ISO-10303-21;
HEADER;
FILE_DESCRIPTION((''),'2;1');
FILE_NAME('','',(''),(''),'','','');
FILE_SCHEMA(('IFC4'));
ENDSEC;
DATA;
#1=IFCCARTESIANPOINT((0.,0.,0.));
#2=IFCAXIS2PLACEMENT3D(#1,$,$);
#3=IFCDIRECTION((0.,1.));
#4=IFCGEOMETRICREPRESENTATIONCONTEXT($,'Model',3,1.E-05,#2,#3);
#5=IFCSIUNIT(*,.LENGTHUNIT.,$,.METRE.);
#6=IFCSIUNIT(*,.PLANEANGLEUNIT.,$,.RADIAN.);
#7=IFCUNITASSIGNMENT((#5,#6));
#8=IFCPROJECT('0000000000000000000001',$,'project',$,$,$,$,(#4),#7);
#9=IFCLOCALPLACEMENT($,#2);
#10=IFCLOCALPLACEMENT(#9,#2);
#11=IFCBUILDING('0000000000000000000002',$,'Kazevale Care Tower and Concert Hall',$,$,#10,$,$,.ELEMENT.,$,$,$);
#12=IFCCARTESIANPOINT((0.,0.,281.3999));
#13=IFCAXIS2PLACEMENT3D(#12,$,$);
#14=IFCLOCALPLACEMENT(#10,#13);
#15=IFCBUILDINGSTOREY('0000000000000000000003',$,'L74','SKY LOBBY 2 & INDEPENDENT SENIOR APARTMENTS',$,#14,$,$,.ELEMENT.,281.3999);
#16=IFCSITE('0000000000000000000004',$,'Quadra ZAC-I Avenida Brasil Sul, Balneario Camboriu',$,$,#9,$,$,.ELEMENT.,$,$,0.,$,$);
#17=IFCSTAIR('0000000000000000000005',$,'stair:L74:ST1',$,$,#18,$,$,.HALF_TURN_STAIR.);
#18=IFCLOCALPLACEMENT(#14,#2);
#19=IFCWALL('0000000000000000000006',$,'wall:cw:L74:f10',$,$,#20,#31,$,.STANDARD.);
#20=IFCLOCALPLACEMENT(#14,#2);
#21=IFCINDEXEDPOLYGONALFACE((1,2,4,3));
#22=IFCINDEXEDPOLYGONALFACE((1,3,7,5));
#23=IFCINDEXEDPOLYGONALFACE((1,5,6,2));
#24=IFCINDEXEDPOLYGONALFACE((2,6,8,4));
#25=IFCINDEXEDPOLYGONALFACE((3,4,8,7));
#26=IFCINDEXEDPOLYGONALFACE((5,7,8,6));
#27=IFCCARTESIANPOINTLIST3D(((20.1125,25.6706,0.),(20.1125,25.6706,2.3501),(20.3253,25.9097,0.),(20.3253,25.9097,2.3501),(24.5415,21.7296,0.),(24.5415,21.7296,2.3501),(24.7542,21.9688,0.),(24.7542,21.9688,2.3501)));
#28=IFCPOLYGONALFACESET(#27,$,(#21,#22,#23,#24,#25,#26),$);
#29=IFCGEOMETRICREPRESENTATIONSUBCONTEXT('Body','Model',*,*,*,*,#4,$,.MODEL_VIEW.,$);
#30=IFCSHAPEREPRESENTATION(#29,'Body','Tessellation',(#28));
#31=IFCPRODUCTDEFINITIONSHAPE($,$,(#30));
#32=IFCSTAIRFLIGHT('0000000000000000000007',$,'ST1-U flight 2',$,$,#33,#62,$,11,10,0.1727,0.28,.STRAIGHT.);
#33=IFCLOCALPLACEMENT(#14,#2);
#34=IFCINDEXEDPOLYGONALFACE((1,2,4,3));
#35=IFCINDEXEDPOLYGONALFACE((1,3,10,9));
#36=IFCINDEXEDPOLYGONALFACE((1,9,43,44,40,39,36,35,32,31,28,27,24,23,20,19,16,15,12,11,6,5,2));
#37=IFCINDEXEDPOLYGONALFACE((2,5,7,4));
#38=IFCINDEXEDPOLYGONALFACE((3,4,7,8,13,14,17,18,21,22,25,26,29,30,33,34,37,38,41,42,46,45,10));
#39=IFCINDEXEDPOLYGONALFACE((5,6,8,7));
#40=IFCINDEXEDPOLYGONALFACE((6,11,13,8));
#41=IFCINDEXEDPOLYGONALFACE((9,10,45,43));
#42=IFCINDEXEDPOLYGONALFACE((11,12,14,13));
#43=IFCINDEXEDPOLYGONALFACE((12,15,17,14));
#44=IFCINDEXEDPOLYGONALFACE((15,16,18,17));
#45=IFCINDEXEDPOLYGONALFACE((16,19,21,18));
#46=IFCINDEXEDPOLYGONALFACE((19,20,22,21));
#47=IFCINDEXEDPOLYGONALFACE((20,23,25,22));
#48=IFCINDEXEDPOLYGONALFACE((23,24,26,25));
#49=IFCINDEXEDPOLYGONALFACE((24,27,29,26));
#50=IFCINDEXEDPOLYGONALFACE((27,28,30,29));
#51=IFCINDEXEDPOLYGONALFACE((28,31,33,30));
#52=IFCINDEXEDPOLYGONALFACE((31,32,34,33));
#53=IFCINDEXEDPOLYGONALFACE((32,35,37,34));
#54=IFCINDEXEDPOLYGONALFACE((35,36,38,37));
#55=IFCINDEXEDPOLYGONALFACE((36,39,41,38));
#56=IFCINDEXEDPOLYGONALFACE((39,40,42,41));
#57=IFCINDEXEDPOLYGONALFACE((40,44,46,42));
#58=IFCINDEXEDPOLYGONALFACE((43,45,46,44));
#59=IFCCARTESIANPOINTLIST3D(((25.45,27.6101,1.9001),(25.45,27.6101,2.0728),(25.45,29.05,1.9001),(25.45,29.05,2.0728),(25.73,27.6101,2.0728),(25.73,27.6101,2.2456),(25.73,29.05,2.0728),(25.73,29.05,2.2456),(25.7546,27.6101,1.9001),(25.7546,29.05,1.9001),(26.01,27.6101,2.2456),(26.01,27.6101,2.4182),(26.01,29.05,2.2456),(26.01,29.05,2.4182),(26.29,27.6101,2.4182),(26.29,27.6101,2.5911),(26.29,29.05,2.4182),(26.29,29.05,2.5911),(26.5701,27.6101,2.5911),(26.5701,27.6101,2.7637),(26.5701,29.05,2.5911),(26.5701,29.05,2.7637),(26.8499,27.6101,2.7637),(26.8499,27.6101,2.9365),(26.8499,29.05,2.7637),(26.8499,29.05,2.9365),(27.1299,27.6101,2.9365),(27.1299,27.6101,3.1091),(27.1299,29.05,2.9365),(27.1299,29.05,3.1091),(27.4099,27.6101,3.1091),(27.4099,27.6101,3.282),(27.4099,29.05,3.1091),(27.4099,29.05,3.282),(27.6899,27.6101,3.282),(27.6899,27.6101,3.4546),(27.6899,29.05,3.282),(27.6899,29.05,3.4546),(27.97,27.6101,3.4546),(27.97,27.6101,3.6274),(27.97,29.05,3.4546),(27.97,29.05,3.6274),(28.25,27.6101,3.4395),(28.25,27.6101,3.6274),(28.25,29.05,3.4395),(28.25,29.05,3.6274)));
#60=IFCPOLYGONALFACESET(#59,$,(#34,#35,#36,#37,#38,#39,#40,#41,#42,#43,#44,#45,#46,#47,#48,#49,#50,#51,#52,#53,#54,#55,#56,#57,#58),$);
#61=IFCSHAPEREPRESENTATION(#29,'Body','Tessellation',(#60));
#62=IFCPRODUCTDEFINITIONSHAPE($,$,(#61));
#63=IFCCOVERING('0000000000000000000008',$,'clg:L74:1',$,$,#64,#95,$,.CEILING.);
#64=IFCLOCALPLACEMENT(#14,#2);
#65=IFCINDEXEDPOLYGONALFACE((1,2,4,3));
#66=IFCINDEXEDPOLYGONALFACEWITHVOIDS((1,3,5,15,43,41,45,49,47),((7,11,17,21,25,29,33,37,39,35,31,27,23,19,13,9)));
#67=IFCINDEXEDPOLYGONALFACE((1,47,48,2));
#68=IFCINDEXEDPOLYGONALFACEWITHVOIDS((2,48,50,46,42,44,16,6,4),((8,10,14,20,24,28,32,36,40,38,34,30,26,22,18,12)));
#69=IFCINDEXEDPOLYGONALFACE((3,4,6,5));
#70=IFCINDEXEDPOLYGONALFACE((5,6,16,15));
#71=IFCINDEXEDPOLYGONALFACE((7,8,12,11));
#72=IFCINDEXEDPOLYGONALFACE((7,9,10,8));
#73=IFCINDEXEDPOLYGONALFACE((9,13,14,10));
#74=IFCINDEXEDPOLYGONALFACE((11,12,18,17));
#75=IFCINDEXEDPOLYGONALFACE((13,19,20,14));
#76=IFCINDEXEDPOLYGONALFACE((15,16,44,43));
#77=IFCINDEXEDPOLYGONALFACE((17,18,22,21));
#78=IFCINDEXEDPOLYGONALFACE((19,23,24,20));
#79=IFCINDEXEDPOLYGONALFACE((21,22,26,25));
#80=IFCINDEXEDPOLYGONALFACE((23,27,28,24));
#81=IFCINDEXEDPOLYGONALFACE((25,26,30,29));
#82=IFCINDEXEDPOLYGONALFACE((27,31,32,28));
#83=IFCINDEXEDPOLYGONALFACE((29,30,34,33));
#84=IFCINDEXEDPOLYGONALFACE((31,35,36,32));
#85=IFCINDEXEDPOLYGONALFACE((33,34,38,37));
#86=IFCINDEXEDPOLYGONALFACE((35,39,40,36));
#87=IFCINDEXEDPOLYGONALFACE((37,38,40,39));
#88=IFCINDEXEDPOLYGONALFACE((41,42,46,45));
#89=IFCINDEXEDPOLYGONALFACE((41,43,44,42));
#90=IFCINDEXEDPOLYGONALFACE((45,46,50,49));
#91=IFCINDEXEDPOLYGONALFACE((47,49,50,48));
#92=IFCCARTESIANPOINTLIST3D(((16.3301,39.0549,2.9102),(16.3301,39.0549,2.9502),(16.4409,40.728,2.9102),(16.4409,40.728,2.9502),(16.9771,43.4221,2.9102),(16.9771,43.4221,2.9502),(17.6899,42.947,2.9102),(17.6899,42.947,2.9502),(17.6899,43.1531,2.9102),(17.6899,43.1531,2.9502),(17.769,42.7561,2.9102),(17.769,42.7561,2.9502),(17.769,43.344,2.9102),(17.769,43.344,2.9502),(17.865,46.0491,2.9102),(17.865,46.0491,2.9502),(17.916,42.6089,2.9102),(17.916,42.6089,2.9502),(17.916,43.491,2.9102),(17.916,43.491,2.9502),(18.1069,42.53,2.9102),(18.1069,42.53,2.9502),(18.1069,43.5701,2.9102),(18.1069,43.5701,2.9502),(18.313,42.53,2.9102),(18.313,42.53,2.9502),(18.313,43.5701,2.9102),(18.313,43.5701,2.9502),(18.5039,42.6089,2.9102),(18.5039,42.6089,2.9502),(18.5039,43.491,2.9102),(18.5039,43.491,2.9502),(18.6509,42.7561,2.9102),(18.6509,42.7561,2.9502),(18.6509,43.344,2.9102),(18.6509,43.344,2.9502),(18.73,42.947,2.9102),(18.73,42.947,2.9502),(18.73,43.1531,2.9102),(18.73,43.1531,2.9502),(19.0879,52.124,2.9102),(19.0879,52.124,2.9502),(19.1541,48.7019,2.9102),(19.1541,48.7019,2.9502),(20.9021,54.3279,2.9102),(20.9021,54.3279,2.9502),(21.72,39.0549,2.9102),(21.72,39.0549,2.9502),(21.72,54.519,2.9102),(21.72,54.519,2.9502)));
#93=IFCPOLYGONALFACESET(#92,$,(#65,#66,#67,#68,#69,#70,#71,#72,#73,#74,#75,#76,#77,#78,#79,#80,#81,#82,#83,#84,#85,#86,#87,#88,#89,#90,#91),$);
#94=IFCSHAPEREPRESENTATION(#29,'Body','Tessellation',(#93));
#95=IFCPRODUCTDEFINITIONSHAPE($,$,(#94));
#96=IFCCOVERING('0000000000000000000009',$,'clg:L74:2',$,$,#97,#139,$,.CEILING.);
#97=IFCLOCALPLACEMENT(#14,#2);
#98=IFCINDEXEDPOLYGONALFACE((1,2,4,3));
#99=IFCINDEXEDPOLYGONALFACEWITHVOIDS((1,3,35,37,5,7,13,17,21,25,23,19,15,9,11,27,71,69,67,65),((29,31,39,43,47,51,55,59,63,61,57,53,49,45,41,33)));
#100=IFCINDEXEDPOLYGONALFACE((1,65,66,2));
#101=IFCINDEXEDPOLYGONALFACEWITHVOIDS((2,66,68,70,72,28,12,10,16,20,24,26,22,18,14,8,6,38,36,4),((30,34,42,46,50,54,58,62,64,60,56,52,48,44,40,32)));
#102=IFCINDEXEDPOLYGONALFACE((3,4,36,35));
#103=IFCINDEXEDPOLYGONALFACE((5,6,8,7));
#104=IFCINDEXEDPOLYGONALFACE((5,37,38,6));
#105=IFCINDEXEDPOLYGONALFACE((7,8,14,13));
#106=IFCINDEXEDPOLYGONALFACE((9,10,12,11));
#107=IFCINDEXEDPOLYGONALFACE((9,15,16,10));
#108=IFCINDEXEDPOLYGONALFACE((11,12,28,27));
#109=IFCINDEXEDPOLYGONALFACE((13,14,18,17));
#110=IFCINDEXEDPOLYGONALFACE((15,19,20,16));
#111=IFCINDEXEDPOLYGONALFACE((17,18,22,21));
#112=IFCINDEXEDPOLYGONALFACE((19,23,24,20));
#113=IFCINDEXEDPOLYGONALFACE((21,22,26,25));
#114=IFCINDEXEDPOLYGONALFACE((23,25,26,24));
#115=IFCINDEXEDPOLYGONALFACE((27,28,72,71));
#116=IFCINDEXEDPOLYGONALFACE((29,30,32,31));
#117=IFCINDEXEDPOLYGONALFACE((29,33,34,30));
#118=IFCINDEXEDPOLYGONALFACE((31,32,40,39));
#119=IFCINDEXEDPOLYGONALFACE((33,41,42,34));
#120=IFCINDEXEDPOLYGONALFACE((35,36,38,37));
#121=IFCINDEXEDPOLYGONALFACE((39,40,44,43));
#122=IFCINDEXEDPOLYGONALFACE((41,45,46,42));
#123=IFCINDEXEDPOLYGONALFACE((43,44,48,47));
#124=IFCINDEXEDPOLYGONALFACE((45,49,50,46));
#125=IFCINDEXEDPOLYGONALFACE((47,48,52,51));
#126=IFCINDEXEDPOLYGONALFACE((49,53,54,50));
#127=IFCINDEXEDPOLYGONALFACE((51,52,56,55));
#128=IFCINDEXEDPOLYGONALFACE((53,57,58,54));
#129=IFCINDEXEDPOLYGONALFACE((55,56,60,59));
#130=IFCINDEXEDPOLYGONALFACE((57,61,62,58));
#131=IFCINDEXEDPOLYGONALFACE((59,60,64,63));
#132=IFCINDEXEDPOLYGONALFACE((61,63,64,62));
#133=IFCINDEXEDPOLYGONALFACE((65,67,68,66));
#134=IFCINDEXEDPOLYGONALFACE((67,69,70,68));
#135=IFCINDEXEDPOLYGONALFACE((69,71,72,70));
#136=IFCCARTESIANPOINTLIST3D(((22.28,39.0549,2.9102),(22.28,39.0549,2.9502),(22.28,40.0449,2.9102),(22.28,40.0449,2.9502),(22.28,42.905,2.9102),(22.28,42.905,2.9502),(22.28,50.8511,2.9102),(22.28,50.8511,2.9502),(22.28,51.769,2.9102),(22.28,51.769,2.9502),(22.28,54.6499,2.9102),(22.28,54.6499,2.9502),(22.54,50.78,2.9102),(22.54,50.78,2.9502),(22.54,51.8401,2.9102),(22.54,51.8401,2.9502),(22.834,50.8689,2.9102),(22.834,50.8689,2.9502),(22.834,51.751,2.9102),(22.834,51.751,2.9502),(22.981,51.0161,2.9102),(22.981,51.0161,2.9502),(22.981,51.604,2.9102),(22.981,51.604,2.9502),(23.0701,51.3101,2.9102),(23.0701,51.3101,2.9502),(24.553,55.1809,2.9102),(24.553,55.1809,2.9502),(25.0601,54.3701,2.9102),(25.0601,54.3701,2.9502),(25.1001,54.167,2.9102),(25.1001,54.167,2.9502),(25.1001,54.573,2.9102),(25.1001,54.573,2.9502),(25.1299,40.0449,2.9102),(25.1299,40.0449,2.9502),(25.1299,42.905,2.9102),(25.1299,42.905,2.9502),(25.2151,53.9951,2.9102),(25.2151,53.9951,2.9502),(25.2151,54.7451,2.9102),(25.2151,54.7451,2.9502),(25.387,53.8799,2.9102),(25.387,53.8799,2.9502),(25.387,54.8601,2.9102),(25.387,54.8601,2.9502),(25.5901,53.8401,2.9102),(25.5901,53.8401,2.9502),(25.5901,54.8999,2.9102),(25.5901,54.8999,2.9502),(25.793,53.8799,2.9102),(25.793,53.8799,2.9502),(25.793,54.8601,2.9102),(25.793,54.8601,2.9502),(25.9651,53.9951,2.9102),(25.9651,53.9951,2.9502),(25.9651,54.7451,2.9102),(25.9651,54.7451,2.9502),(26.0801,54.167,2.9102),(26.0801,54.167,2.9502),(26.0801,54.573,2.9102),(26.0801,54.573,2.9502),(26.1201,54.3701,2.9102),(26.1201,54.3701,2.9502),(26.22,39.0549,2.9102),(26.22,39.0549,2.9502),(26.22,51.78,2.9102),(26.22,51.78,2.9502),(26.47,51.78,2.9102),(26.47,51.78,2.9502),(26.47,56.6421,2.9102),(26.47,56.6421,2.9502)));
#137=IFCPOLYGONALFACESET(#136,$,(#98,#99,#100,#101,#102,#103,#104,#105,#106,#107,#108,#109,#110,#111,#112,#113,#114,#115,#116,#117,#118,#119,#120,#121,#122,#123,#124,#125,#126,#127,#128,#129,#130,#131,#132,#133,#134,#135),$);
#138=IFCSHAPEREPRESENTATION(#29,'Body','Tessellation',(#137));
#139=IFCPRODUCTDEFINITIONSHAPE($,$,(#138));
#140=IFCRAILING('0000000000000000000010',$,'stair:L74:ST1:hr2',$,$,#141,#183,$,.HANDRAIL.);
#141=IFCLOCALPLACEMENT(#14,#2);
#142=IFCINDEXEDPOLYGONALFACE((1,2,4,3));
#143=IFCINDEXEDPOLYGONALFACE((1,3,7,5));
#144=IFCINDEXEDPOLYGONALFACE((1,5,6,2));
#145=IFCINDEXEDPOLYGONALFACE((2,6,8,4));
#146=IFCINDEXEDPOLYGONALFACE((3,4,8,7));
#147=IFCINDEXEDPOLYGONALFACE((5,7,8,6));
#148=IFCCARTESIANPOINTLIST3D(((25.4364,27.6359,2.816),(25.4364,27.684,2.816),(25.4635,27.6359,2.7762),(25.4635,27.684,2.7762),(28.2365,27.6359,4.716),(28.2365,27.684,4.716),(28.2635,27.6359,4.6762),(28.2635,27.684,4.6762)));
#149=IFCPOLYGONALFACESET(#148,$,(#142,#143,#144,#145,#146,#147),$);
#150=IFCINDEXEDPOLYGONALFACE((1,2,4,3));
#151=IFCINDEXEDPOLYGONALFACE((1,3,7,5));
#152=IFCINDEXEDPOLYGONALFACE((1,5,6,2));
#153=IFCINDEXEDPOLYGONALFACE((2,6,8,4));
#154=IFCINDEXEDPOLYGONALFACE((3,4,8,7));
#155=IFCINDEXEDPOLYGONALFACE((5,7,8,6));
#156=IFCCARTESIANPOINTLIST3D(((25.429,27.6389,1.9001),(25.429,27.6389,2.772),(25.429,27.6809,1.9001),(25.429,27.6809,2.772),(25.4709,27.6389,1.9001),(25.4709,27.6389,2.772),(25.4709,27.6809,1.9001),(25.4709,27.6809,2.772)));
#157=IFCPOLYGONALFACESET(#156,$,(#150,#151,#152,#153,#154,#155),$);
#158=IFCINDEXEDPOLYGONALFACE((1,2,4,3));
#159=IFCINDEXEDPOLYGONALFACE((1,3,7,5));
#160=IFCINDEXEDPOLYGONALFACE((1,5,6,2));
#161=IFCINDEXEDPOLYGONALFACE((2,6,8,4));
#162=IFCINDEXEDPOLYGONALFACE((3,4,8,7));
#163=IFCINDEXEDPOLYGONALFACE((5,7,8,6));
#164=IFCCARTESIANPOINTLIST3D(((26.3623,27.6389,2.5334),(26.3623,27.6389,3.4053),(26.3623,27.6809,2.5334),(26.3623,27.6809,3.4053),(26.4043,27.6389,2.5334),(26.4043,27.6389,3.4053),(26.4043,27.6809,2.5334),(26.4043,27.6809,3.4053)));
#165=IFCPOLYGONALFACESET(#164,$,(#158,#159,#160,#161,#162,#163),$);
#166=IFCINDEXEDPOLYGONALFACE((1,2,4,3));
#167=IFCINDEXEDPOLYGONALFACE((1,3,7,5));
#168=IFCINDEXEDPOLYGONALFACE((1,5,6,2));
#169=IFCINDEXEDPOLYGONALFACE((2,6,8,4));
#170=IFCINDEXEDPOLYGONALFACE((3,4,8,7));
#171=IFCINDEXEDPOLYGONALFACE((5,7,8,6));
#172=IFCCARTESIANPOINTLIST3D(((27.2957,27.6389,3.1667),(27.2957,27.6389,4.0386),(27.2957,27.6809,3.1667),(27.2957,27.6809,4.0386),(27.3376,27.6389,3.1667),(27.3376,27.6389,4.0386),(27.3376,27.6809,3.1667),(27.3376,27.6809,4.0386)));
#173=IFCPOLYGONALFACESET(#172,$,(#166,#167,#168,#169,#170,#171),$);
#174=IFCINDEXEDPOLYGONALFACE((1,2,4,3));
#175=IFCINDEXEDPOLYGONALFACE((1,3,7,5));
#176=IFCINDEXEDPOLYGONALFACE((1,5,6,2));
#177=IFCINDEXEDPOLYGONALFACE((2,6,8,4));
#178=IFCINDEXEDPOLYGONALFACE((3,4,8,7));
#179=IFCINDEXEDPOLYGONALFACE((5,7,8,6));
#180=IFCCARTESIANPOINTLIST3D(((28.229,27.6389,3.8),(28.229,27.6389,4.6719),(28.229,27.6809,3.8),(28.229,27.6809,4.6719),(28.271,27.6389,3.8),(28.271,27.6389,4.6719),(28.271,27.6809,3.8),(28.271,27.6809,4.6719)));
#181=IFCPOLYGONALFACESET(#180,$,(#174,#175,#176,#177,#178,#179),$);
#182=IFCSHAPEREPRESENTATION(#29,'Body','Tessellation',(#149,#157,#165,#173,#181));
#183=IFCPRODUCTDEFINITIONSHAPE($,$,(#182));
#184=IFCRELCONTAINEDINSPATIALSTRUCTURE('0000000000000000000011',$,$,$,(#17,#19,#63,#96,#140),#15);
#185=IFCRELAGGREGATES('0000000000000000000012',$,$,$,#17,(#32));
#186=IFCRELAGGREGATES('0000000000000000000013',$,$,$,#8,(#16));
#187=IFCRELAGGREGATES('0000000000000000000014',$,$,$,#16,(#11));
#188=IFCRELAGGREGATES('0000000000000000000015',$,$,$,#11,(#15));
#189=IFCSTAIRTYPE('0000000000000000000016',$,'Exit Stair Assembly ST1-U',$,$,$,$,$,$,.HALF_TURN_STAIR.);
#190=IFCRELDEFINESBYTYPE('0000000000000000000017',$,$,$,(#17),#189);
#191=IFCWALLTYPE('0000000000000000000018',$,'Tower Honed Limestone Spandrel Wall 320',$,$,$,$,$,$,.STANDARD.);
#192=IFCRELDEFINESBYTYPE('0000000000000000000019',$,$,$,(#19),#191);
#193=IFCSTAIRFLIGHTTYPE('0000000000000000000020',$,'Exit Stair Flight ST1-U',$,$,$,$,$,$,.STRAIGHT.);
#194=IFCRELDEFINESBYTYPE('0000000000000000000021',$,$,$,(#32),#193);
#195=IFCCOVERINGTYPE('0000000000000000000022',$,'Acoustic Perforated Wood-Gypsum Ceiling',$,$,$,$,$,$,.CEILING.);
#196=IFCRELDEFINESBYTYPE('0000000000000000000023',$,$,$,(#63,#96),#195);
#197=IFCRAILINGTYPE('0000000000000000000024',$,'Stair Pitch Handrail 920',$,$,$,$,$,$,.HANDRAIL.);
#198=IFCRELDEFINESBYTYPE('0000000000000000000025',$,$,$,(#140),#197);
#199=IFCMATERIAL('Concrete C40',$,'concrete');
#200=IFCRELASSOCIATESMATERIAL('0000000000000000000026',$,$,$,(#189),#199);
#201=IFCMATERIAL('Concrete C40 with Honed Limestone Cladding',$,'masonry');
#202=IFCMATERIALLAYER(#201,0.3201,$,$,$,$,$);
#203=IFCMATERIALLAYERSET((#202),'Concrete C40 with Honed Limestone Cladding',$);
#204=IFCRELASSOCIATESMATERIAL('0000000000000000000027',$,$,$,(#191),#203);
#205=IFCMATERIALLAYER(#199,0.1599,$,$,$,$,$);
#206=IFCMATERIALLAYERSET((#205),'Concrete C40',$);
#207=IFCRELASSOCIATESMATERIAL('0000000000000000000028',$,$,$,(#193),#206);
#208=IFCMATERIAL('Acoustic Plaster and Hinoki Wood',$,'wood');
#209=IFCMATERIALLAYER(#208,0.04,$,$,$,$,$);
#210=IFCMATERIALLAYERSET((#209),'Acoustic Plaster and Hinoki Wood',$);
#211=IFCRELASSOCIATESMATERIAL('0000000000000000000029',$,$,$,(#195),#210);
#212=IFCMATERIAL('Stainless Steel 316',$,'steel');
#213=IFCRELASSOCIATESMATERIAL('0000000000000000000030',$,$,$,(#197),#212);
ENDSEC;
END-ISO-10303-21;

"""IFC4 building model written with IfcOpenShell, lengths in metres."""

from ifc_helpers import new_model, si_unit, direction, frame, frame_2d, origin, origin_2d, place, context, subcontext, project, spatial, polyline, rectangle, outline, extrude, material, layer, layer_set, type_object, element, aggregate, save


model = new_model("IFC4")

# Units and contexts
model_context = context("Model", 3, precision=1e-05, world=origin(), true_north=direction((0.0, 1.0)))
body_context = subcontext(model_context, "Body", "Model", "MODEL_VIEW")
ifc_project = project(units=[si_unit("LENGTHUNIT", "METRE"), si_unit("PLANEANGLEUNIT", "RADIAN")], contexts=[model_context])

# Site, building, storey
site_placement = place(None, origin())
site = spatial("IfcSite", under=ifc_project, at=site_placement, Name="Quadra ZAC-I Avenida Brasil Sul, Balneario Camboriu", CompositionType="ELEMENT", RefElevation=0.0)
building_placement = place(site_placement, origin())
building = spatial("IfcBuilding", under=site, at=building_placement, Name="Kazevale Care Tower and Concert Hall", CompositionType="ELEMENT")
storey_placement = place(building_placement, frame((0.0, 0.0, 281.3999)))
storey = spatial("IfcBuildingStorey", under=building, at=storey_placement, Name="L74", Description="SKY LOBBY 2 & INDEPENDENT SENIOR APARTMENTS", CompositionType="ELEMENT", Elevation=281.3999)

# Shared definitions
ifc_material_1 = material(Name="Concrete C40", Category="concrete")

# Stair
stair_type = type_object("IfcStairType", Name="Exit Stair Assembly ST1-U", PredefinedType="HALF_TURN_STAIR", material=ifc_material_1)
stair_1_placement = place(storey_placement, origin())
stair_1 = element("IfcStair", 1, at=stair_1_placement, inside=storey, type_object=stair_type, Name="stair:L74:ST1", PredefinedType="HALF_TURN_STAIR")

# Wall
ifc_material_2 = material(Name="Concrete C40 with Honed Limestone Cladding", Category="masonry")
ifc_layer_1 = layer(ifc_material_2, 0.3201)
ifc_layer_set_1 = layer_set([ifc_layer_1], Name="Concrete C40 with Honed Limestone Cladding")
wall_type_1 = type_object("IfcWallType", Name="Tower Honed Limestone Spandrel Wall 320", PredefinedType="STANDARD", material=ifc_layer_set_1)
wall_1_placement = place(storey_placement, frame((24.6479, 21.8491, 0.0), z_axis=(0.0, 0.0, 1.0), x_axis=(-0.747068, 0.664747, 0.0)))
element("IfcWall", 2, at=wall_1_placement, inside=storey, type_object=wall_type_1, Name="wall:cw:L74:f10", PredefinedType="STANDARD", context=body_context, shape_type="SweptSolid", body=[
    extrude(rectangle(XDim=5.9285, YDim=0.3201, at=frame_2d((2.9644, 0.0))), origin(), (0.0, 0.0, 1.0), 2.3501),
])

# Stair flight
ifc_layer_2 = layer(ifc_material_1, 0.1599)
ifc_layer_set_2 = layer_set([ifc_layer_2], Name="Concrete C40")
stair_flight_type = type_object("IfcStairFlightType", Name="Exit Stair Flight ST1-U", PredefinedType="STRAIGHT", material=ifc_layer_set_2)
stair_flight_placement = place(storey_placement, frame((25.45, 28.3301, 1.9001), z_axis=(0.0, 0.0, 1.0), x_axis=(1.0, 0.0, 0.0)))
stair_flight = element("IfcStairFlight", 3, at=stair_flight_placement, type_object=stair_flight_type, Name="ST1-U flight 2", NumberOfRisers=11, NumberOfTreads=10, PredefinedType="STRAIGHT", RiserHeight=0.1727, TreadLength=0.28, context=body_context, shape_type="SweptSolid", body=[
    extrude(outline(polyline([(0.0, 0.0), (0.0, 0.1726), (0.28, 0.1726), (0.28, 0.3455), (0.5601, 0.3455), (0.5601, 0.5181), (0.8401, 0.5181), (0.8401, 0.6909), (1.1201, 0.6909), (1.1201, 0.8635), (1.3999, 0.8635), (1.3999, 1.0364), (1.6799, 1.0364), (1.6799, 1.209), (1.96, 1.209), (1.96, 1.3818), (2.24, 1.3818), (2.24, 1.5544), (2.52, 1.5544), (2.52, 1.7273), (2.8, 1.7273), (2.8, 1.8999), (2.8, 1.5393), (0.3047, 0.0), (0.0, 0.0)])), frame((0.0, 0.72, 0.0), z_axis=(0.0, -1.0, 0.0), x_axis=(1.0, 0.0, 0.0)), (0.0, 0.0, 1.0), 1.4399),
])
aggregate(stair_1, [stair_flight])

# Coverings
ifc_material_3 = material(Name="Acoustic Plaster and Hinoki Wood", Category="wood")
ifc_layer_3 = layer(ifc_material_3, 0.04)
ifc_layer_set_3 = layer_set([ifc_layer_3], Name="Acoustic Plaster and Hinoki Wood")
covering_type = type_object("IfcCoveringType", Name="Acoustic Perforated Wood-Gypsum Ceiling", PredefinedType="CEILING", material=ifc_layer_set_3)
covering_1_placement = place(storey_placement, frame((0.0, 0.0, 2.9102)))
element("IfcCovering", 4, at=covering_1_placement, inside=storey, type_object=covering_type, Name="clg:L74:1", PredefinedType="CEILING", context=body_context, shape_type="SweptSolid", body=[
    extrude(outline(polyline([(16.9771, 43.4221), (17.865, 46.0491), (19.1541, 48.7019), (19.0879, 52.124), (20.9021, 54.3279), (21.72, 54.519), (21.72, 39.0549), (16.3301, 39.0549), (16.4409, 40.728), (16.9771, 43.4221)]), holes=[polyline([(18.73, 43.1531), (18.6509, 43.344), (18.5039, 43.491), (18.313, 43.5701), (18.1069, 43.5701), (17.916, 43.491), (17.769, 43.344), (17.6899, 43.1531), (17.6899, 42.947), (17.769, 42.7561), (17.916, 42.6089), (18.1069, 42.53), (18.313, 42.53), (18.5039, 42.6089), (18.6509, 42.7561), (18.73, 42.947), (18.73, 43.1531)])]), origin(), (0.0, 0.0, 1.0), 0.04),
])
covering_2_placement = place(storey_placement, frame((0.0, 0.0, 2.9102)))
element("IfcCovering", 5, at=covering_2_placement, inside=storey, type_object=covering_type, Name="clg:L74:2", PredefinedType="CEILING", context=body_context, shape_type="SweptSolid", body=[
    extrude(outline(polyline([(25.1299, 42.905), (22.28, 42.905), (22.28, 50.8511), (22.54, 50.78), (22.834, 50.8689), (22.981, 51.0161), (23.0701, 51.3101), (22.981, 51.604), (22.834, 51.751), (22.54, 51.8401), (22.28, 51.769), (22.28, 54.6499), (24.553, 55.1809), (26.47, 56.6421), (26.47, 51.78), (26.22, 51.78), (26.22, 39.0549), (22.28, 39.0549), (22.28, 40.0449), (25.1299, 40.0449), (25.1299, 42.905)]), holes=[polyline([(26.0801, 54.573), (25.9651, 54.7451), (25.793, 54.8601), (25.5901, 54.8999), (25.387, 54.8601), (25.2151, 54.7451), (25.1001, 54.573), (25.0601, 54.3701), (25.1001, 54.167), (25.2151, 53.9951), (25.387, 53.8799), (25.5901, 53.8401), (25.793, 53.8799), (25.9651, 53.9951), (26.0801, 54.167), (26.1201, 54.3701), (26.0801, 54.573)])]), origin(), (0.0, 0.0, 1.0), 0.04),
])

# Railing
ifc_material_4 = material(Name="Stainless Steel 316", Category="steel")
railing_type_1 = type_object("IfcRailingType", Name="Stair Pitch Handrail 920", PredefinedType="HANDRAIL", material=ifc_material_4)
railing_1_placement = place(storey_placement, frame((25.45, 27.6599, 1.9001)))
element("IfcRailing", 6, at=railing_1_placement, inside=storey, type_object=railing_type_1, Name="stair:L74:ST1:hr2", PredefinedType="HANDRAIL", context=body_context, shape_type="SweptSolid", body=[
    extrude(rectangle(XDim=0.0481, YDim=0.0481, at=origin_2d()), frame((0.0, 0.0, 0.896), z_axis=(0.827494, 0.0, 0.561475), x_axis=(0.0, 1.0, 0.0)), (0.0, 0.0, 1.0), 3.3838),
    extrude(rectangle(XDim=0.042, YDim=0.042, at=origin_2d()), origin(), (0.0, 0.0, 1.0), 0.8718),
    extrude(rectangle(XDim=0.042, YDim=0.042, at=origin_2d()), frame((0.9333, 0.0, 0.6333)), (0.0, 0.0, 1.0), 0.8718),
    extrude(rectangle(XDim=0.042, YDim=0.042, at=origin_2d()), frame((1.8667, 0.0, 1.2666)), (0.0, 0.0, 1.0), 0.8718),
    extrude(rectangle(XDim=0.042, YDim=0.042, at=origin_2d()), frame((2.8, 0.0, 1.8999)), (0.0, 0.0, 1.0), 0.8718),
])

save(model, "model.ifc")
